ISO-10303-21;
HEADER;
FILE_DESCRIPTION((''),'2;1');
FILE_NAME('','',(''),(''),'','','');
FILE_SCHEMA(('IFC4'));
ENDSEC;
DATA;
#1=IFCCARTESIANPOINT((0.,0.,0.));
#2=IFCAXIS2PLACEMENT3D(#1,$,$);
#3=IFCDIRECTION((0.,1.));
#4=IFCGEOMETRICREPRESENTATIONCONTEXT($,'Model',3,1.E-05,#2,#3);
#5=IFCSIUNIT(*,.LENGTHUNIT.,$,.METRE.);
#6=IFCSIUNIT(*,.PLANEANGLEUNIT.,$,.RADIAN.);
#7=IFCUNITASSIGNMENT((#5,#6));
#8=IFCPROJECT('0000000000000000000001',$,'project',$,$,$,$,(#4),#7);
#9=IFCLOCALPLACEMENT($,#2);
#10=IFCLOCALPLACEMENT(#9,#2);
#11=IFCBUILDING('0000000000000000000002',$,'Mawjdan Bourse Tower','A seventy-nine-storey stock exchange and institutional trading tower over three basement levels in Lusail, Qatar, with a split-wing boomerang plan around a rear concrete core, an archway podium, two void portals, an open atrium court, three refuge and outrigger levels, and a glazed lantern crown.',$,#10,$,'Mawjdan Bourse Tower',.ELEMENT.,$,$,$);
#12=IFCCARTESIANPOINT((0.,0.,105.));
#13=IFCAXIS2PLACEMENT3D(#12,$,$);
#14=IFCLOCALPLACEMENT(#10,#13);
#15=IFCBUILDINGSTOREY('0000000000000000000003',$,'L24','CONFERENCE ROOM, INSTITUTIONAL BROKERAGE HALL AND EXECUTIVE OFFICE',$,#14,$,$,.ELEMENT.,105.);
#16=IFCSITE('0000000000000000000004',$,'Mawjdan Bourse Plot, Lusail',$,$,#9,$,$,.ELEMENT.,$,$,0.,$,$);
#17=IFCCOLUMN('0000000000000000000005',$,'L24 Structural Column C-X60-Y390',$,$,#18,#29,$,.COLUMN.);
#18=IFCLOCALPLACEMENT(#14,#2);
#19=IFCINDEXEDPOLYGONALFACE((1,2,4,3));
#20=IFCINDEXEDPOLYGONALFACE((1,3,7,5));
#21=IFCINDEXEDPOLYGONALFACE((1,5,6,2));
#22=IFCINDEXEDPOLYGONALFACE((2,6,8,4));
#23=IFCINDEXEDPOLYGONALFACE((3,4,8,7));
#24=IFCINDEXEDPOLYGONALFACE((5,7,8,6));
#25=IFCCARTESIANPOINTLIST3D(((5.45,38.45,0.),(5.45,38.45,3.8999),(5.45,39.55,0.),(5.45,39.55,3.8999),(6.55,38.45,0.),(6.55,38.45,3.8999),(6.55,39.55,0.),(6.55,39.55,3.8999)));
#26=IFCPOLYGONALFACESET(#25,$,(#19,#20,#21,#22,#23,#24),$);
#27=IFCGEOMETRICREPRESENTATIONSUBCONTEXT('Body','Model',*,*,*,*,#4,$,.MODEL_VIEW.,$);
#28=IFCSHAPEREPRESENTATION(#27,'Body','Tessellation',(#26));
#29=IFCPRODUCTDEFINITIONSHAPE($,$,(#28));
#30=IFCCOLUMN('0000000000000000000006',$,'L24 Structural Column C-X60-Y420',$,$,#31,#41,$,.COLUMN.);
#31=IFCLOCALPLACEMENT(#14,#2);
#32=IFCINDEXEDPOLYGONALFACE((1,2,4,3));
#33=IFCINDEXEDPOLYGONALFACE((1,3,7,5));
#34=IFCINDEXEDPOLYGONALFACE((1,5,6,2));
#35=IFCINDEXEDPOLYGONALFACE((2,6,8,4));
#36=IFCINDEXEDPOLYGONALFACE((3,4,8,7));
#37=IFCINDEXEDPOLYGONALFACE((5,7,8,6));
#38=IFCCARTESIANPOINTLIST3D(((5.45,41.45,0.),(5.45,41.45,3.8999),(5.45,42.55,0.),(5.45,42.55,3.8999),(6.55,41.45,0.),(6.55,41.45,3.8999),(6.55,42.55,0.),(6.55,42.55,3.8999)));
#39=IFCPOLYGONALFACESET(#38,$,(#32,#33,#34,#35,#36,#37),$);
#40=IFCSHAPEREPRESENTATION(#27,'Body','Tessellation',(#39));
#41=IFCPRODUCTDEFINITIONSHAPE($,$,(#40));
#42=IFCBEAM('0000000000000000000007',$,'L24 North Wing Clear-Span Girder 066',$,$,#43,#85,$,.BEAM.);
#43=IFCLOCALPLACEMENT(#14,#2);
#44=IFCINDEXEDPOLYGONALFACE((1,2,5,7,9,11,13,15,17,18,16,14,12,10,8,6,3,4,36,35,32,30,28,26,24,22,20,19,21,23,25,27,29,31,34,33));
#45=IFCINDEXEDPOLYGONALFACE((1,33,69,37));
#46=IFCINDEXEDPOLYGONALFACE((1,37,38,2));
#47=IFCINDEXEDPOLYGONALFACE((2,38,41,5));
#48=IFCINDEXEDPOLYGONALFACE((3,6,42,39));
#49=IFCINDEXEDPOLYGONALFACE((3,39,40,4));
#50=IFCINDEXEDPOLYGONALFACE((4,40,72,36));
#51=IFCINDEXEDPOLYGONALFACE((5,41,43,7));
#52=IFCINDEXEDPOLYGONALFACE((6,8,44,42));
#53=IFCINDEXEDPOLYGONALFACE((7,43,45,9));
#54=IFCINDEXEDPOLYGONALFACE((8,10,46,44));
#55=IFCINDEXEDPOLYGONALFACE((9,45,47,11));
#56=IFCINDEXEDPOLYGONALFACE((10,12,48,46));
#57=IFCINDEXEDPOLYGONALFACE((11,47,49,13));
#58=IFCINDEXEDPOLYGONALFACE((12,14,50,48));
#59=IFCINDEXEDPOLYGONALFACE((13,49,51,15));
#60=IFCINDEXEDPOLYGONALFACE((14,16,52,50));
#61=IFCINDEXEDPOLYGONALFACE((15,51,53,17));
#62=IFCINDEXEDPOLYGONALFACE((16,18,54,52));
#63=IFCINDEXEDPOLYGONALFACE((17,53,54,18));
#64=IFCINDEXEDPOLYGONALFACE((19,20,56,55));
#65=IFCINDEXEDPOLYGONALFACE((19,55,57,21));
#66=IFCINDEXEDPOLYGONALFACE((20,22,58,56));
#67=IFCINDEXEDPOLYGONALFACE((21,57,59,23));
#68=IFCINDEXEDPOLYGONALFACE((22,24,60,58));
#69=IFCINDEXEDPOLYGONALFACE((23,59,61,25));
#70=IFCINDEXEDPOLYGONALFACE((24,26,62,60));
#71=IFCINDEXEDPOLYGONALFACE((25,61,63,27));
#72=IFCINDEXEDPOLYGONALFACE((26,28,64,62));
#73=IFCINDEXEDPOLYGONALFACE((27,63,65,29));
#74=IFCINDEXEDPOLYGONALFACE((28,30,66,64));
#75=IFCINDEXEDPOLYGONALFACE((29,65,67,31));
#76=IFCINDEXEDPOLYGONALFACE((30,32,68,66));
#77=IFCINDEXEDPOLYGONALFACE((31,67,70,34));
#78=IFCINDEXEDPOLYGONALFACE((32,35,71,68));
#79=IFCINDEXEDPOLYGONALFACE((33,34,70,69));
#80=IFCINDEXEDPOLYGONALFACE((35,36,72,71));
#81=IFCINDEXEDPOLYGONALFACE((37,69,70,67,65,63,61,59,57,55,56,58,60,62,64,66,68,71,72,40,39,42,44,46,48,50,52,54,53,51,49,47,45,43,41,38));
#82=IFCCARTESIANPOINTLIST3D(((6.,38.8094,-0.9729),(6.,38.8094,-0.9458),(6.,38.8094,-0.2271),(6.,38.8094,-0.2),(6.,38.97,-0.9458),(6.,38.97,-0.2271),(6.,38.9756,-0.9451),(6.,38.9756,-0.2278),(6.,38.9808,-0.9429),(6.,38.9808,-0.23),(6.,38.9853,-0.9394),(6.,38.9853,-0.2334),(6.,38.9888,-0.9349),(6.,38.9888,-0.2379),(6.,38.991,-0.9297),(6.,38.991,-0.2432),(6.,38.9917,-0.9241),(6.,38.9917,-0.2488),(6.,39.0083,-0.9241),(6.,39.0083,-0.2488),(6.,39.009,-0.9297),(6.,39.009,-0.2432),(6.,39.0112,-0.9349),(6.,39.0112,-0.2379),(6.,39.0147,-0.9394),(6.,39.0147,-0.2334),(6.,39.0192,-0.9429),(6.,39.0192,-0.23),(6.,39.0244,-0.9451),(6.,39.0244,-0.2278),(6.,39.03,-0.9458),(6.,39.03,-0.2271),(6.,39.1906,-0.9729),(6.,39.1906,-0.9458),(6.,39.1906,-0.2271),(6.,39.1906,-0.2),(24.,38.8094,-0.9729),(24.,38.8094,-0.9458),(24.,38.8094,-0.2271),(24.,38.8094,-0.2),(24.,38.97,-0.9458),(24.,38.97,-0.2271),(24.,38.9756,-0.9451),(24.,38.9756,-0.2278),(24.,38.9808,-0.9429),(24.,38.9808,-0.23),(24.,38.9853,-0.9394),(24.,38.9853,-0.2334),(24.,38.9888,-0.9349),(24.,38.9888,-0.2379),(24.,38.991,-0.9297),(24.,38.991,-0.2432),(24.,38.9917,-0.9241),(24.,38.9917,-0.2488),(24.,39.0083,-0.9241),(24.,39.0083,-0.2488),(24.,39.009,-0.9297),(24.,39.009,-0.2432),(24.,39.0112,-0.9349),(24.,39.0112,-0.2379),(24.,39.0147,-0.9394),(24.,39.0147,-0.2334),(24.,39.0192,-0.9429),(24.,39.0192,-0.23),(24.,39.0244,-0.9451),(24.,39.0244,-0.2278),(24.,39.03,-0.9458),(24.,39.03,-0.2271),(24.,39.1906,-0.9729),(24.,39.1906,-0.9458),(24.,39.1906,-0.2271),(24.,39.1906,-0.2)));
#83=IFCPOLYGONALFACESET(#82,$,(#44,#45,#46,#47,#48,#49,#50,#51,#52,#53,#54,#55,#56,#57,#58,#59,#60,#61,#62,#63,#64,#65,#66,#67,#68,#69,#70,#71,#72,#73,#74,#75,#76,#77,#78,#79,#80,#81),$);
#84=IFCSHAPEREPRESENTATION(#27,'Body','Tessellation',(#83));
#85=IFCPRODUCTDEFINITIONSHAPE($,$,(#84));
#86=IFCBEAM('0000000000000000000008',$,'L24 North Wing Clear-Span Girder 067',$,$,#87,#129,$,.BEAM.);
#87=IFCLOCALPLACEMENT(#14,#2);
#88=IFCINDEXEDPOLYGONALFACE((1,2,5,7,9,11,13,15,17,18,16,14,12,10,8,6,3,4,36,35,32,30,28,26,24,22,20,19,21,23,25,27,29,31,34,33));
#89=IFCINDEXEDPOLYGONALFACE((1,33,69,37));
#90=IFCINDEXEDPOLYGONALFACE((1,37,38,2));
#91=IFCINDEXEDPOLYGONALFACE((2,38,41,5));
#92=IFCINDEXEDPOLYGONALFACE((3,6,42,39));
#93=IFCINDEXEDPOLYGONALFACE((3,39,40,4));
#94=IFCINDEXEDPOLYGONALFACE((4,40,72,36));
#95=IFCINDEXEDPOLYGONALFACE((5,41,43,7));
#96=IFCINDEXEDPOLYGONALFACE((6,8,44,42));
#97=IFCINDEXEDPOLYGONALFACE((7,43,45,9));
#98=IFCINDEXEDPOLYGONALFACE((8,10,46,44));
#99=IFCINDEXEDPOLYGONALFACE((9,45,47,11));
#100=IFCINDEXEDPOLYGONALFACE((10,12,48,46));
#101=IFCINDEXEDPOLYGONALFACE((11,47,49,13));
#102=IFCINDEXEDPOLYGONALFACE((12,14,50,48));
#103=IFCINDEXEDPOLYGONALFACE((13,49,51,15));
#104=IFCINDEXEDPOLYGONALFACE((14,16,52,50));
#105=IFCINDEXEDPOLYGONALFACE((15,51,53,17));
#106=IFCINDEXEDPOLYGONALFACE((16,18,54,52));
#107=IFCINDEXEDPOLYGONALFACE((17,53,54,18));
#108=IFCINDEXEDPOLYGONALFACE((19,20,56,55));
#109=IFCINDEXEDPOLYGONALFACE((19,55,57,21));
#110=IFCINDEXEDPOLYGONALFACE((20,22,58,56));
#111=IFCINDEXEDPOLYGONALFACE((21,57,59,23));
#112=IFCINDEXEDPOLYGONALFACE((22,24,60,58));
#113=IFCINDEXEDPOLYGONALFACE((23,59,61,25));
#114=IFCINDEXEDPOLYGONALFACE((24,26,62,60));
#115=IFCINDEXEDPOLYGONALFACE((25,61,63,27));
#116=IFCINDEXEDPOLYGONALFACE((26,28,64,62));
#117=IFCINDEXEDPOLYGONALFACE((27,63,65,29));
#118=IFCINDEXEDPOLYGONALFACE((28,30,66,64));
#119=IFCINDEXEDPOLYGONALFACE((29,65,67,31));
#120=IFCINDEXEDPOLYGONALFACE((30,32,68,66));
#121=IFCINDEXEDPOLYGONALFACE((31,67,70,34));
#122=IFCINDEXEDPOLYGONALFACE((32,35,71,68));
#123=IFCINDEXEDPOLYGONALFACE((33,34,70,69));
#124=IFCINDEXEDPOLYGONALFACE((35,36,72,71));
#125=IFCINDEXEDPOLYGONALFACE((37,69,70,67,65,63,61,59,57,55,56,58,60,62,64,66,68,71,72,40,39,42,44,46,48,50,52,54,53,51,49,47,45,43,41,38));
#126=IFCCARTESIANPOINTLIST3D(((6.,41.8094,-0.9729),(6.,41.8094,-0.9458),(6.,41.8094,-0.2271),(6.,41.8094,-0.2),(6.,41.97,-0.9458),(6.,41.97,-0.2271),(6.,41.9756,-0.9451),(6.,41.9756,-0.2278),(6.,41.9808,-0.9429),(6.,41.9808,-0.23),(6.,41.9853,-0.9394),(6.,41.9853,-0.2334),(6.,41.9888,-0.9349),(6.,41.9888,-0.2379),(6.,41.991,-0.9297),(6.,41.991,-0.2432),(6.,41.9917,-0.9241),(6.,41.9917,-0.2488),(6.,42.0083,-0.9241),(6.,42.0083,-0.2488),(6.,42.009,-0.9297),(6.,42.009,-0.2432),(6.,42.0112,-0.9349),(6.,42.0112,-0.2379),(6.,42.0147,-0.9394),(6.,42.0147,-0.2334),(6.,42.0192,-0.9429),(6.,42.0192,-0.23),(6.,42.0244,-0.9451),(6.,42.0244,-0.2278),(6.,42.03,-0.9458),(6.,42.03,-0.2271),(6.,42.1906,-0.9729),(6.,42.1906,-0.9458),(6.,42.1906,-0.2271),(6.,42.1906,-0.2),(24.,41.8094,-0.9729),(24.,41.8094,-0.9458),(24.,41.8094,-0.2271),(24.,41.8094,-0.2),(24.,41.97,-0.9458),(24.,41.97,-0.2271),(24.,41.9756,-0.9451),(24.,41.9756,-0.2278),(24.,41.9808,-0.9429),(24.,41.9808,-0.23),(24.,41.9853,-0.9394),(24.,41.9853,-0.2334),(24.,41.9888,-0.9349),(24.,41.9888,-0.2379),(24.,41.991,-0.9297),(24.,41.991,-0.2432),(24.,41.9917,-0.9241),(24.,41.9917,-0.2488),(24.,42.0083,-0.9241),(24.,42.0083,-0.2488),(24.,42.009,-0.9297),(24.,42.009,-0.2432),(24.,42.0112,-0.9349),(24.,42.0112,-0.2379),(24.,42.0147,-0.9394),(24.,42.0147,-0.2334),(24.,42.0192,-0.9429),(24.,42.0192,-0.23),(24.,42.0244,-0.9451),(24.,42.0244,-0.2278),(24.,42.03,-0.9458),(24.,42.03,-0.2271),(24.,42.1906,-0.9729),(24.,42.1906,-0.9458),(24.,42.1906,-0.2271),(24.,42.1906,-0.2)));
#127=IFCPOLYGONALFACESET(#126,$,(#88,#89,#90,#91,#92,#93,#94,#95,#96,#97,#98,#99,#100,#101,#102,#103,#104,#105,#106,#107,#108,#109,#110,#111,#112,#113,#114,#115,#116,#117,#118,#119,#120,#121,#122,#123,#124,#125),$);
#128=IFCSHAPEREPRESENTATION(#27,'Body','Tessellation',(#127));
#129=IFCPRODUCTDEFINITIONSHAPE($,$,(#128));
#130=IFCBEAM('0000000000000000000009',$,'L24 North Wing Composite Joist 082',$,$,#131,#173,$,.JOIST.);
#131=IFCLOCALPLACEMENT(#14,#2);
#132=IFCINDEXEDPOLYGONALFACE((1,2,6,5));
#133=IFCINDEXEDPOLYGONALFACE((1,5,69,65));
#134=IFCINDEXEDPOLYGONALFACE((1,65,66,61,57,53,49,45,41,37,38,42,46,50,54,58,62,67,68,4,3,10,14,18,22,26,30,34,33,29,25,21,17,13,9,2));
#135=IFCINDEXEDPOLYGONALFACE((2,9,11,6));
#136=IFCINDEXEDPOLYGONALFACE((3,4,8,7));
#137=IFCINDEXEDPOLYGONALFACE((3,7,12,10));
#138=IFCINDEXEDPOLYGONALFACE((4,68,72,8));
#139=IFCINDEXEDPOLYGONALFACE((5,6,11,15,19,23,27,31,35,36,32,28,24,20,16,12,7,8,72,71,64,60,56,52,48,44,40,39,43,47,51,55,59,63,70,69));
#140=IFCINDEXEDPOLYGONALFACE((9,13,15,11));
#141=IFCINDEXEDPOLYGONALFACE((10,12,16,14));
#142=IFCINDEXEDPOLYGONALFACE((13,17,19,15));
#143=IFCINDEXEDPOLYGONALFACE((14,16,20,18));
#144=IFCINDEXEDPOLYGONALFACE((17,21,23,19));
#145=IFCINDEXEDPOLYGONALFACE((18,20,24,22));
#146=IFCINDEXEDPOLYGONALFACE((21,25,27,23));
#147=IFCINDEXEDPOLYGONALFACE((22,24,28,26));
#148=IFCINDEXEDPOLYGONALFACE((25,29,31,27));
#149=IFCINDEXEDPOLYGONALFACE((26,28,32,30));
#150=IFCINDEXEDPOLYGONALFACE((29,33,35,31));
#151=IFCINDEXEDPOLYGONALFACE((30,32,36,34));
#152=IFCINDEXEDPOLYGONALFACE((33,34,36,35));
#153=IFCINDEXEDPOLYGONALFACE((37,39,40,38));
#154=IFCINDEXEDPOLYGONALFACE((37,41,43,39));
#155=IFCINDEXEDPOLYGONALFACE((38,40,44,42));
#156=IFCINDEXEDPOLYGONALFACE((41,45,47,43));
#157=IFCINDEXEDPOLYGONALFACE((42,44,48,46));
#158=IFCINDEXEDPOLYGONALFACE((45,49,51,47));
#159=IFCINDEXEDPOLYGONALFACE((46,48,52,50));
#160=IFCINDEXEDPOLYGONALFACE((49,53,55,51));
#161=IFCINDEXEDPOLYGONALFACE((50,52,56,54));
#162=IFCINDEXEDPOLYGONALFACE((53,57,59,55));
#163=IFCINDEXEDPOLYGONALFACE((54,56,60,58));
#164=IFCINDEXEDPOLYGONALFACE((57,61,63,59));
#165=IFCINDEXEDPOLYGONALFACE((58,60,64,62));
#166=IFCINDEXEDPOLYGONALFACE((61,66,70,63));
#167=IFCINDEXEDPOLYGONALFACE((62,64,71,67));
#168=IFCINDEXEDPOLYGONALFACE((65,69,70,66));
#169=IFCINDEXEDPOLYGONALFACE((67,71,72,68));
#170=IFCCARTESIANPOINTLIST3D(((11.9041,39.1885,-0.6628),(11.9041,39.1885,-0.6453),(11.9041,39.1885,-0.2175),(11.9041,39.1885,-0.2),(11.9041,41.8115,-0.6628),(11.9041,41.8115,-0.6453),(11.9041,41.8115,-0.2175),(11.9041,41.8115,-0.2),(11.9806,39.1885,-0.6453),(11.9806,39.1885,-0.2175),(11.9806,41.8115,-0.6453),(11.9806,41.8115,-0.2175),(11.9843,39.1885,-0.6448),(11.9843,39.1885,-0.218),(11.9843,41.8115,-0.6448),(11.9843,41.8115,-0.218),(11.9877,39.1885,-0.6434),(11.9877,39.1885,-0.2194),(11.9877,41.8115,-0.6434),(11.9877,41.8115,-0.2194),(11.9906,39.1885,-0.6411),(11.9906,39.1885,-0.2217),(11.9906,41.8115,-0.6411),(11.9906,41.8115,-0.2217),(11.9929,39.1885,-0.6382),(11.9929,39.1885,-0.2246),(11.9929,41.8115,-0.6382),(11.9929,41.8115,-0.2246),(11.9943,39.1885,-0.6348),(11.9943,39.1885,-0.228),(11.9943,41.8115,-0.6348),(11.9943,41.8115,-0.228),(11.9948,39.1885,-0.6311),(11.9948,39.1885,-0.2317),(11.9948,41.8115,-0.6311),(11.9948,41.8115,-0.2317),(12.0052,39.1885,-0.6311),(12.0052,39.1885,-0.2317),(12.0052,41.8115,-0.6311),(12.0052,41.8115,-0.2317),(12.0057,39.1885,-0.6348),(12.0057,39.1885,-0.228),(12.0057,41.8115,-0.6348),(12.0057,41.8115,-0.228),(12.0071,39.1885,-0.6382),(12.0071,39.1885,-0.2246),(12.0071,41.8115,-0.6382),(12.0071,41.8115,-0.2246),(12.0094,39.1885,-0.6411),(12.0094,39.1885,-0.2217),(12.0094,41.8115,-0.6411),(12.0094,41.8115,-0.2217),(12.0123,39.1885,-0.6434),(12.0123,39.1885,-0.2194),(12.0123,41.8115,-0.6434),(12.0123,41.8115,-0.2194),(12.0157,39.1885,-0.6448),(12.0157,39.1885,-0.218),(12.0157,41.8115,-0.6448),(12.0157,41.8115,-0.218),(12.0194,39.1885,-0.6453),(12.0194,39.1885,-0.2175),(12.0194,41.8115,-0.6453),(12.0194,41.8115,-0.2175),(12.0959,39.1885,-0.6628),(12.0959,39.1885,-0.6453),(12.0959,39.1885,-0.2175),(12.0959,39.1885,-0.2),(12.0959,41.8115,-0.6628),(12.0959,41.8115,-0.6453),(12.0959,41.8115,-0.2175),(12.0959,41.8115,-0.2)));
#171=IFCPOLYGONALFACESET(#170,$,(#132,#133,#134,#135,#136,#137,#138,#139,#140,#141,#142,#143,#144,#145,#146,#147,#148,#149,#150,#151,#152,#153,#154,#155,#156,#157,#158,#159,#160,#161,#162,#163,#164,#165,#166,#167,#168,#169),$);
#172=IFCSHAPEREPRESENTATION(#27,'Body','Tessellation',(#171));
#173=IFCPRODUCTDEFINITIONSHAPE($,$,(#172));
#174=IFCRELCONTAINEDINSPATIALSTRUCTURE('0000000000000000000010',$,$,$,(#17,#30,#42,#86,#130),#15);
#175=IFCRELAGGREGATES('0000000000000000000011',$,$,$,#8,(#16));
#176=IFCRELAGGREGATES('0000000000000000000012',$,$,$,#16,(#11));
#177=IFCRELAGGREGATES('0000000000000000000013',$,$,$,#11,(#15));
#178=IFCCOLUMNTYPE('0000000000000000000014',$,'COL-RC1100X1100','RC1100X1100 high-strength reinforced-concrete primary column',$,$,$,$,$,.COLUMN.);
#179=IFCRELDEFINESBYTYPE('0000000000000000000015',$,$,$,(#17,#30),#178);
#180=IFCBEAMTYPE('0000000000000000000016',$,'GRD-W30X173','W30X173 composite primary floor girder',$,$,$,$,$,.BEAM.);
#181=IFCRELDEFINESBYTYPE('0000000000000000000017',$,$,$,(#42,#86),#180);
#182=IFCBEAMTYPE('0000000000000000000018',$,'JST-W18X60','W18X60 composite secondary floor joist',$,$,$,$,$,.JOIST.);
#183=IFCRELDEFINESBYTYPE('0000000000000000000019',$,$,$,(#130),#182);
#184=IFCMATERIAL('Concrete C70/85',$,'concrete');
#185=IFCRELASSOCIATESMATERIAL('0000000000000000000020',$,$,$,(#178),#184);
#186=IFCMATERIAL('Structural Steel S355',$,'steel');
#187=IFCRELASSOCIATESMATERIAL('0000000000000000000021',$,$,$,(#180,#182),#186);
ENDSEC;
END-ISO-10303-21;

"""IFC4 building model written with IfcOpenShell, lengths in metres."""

from ifc_helpers import new_model, si_unit, direction, frame, origin, origin_2d, place, context, subcontext, project, spatial, rectangle, i_section, extrude, material, material_profile, profile_set, type_object, element, save


model = new_model("IFC4")

# Units and contexts
model_context = context("Model", 3, precision=1e-05, world=origin(), true_north=direction((0.0, 1.0)))
body_context = subcontext(model_context, "Body", "Model", "MODEL_VIEW")
ifc_project = project(units=[si_unit("LENGTHUNIT", "METRE"), si_unit("PLANEANGLEUNIT", "RADIAN")], contexts=[model_context])

# Site, building, storey
site_placement = place(None, origin())
site = spatial("IfcSite", under=ifc_project, at=site_placement, Name="Mawjdan Bourse Plot, Lusail", CompositionType="ELEMENT", RefElevation=0.0)
building_placement = place(site_placement, origin())
building = spatial("IfcBuilding", under=site, at=building_placement, Name="Mawjdan Bourse Tower", Description="A seventy-nine-storey stock exchange and institutional trading tower over three basement levels in Lusail, Qatar, with a split-wing boomerang plan around a rear concrete core, an archway podium, two void portals, an open atrium court, three refuge and outrigger levels, and a glazed lantern crown.", LongName="Mawjdan Bourse Tower", CompositionType="ELEMENT")
storey_placement = place(building_placement, frame((0.0, 0.0, 105.0)))
storey = spatial("IfcBuildingStorey", under=building, at=storey_placement, Name="L24", Description="CONFERENCE ROOM, INSTITUTIONAL BROKERAGE HALL AND EXECUTIVE OFFICE", CompositionType="ELEMENT", Elevation=105.0)

# Columns
ifc_material_1 = material(Name="Concrete C70/85", Category="concrete")
ifc_material_profile_1 = material_profile(ifc_material_1, rectangle(XDim=1.1001, YDim=1.1001, at=origin_2d()), Name="RC1100X1100")
ifc_profile_set_1 = profile_set([ifc_material_profile_1], Name="Concrete C70/85")
column_type = type_object("IfcColumnType", Name="COL-RC1100X1100", Description="RC1100X1100 high-strength reinforced-concrete primary column", PredefinedType="COLUMN", material=ifc_profile_set_1)
for number, where, z_axis, x_axis, name in (
    (1, (6.0, 39.0, 0.0), (0.0, 0.0, 1.0), (1.0, 0.0, 0.0), "L24 Structural Column C-X60-Y390"),
    (2, (6.0, 42.0, 0.0), (0.0, 0.0, 1.0), (1.0, 0.0, 0.0), "L24 Structural Column C-X60-Y420"),
):
    element("IfcColumn", number, at=place(storey_placement, frame(where, z_axis=z_axis, x_axis=x_axis)), inside=storey, type_object=column_type, Name=name, PredefinedType="COLUMN", context=body_context, shape_type="SweptSolid", body=[
        extrude(rectangle(XDim=1.1001, YDim=1.1001, at=origin_2d()), origin(), (0.0, 0.0, 1.0), 3.8999),
    ])

# Beams
ifc_material_2 = material(Name="Structural Steel S355", Category="steel")
ifc_material_profile_2 = material_profile(ifc_material_2, i_section(OverallWidth=0.3811, OverallDepth=0.7729, WebThickness=0.0166, FlangeThickness=0.0271, FilletRadius=0.0217, at=origin_2d()), Name="W30X173")
ifc_profile_set_2 = profile_set([ifc_material_profile_2], Name="Structural Steel S355")
beam_type_1 = type_object("IfcBeamType", Name="GRD-W30X173", Description="W30X173 composite primary floor girder", PredefinedType="BEAM", material=ifc_profile_set_2)
for number, where, z_axis, x_axis, name in (
    (3, (6.0, 39.0, -0.5864), (1.0, 0.0, 0.0), (0.0, 1.0, 0.0), "L24 North Wing Clear-Span Girder 066"),
    (4, (6.0, 42.0, -0.5864), (1.0, 0.0, 0.0), (0.0, 1.0, 0.0), "L24 North Wing Clear-Span Girder 067"),
):
    element("IfcBeam", number, at=place(storey_placement, frame(where, z_axis=z_axis, x_axis=x_axis)), inside=storey, type_object=beam_type_1, Name=name, PredefinedType="BEAM", context=body_context, shape_type="SweptSolid", body=[
        extrude(i_section(OverallWidth=0.3811, OverallDepth=0.7729, WebThickness=0.0166, FlangeThickness=0.0271, FilletRadius=0.0217, at=origin_2d()), origin(), (0.0, 0.0, 1.0), 18.0),
    ])
ifc_material_profile_3 = material_profile(ifc_material_2, i_section(OverallWidth=0.1919, OverallDepth=0.4629, WebThickness=0.0105, FlangeThickness=0.0176, FilletRadius=0.0142, at=origin_2d()), Name="W18X60")
ifc_profile_set_3 = profile_set([ifc_material_profile_3], Name="Structural Steel S355")
beam_type_2 = type_object("IfcBeamType", Name="JST-W18X60", Description="W18X60 composite secondary floor joist", PredefinedType="JOIST", material=ifc_profile_set_3)
for number, where, z_axis, x_axis, name in (
    (5, (12.0, 39.1885, -0.4314), (0.0, 1.0, 0.0), (-1.0, 0.0, 0.0), "L24 North Wing Composite Joist 082"),
):
    element("IfcBeam", number, at=place(storey_placement, frame(where, z_axis=z_axis, x_axis=x_axis)), inside=storey, type_object=beam_type_2, Name=name, PredefinedType="JOIST", context=body_context, shape_type="SweptSolid", body=[
        extrude(i_section(OverallWidth=0.1919, OverallDepth=0.4629, WebThickness=0.0105, FlangeThickness=0.0176, FilletRadius=0.0142, at=origin_2d()), origin(), (0.0, 0.0, 1.0), 2.623),
    ])

save(model, "model.ifc")
